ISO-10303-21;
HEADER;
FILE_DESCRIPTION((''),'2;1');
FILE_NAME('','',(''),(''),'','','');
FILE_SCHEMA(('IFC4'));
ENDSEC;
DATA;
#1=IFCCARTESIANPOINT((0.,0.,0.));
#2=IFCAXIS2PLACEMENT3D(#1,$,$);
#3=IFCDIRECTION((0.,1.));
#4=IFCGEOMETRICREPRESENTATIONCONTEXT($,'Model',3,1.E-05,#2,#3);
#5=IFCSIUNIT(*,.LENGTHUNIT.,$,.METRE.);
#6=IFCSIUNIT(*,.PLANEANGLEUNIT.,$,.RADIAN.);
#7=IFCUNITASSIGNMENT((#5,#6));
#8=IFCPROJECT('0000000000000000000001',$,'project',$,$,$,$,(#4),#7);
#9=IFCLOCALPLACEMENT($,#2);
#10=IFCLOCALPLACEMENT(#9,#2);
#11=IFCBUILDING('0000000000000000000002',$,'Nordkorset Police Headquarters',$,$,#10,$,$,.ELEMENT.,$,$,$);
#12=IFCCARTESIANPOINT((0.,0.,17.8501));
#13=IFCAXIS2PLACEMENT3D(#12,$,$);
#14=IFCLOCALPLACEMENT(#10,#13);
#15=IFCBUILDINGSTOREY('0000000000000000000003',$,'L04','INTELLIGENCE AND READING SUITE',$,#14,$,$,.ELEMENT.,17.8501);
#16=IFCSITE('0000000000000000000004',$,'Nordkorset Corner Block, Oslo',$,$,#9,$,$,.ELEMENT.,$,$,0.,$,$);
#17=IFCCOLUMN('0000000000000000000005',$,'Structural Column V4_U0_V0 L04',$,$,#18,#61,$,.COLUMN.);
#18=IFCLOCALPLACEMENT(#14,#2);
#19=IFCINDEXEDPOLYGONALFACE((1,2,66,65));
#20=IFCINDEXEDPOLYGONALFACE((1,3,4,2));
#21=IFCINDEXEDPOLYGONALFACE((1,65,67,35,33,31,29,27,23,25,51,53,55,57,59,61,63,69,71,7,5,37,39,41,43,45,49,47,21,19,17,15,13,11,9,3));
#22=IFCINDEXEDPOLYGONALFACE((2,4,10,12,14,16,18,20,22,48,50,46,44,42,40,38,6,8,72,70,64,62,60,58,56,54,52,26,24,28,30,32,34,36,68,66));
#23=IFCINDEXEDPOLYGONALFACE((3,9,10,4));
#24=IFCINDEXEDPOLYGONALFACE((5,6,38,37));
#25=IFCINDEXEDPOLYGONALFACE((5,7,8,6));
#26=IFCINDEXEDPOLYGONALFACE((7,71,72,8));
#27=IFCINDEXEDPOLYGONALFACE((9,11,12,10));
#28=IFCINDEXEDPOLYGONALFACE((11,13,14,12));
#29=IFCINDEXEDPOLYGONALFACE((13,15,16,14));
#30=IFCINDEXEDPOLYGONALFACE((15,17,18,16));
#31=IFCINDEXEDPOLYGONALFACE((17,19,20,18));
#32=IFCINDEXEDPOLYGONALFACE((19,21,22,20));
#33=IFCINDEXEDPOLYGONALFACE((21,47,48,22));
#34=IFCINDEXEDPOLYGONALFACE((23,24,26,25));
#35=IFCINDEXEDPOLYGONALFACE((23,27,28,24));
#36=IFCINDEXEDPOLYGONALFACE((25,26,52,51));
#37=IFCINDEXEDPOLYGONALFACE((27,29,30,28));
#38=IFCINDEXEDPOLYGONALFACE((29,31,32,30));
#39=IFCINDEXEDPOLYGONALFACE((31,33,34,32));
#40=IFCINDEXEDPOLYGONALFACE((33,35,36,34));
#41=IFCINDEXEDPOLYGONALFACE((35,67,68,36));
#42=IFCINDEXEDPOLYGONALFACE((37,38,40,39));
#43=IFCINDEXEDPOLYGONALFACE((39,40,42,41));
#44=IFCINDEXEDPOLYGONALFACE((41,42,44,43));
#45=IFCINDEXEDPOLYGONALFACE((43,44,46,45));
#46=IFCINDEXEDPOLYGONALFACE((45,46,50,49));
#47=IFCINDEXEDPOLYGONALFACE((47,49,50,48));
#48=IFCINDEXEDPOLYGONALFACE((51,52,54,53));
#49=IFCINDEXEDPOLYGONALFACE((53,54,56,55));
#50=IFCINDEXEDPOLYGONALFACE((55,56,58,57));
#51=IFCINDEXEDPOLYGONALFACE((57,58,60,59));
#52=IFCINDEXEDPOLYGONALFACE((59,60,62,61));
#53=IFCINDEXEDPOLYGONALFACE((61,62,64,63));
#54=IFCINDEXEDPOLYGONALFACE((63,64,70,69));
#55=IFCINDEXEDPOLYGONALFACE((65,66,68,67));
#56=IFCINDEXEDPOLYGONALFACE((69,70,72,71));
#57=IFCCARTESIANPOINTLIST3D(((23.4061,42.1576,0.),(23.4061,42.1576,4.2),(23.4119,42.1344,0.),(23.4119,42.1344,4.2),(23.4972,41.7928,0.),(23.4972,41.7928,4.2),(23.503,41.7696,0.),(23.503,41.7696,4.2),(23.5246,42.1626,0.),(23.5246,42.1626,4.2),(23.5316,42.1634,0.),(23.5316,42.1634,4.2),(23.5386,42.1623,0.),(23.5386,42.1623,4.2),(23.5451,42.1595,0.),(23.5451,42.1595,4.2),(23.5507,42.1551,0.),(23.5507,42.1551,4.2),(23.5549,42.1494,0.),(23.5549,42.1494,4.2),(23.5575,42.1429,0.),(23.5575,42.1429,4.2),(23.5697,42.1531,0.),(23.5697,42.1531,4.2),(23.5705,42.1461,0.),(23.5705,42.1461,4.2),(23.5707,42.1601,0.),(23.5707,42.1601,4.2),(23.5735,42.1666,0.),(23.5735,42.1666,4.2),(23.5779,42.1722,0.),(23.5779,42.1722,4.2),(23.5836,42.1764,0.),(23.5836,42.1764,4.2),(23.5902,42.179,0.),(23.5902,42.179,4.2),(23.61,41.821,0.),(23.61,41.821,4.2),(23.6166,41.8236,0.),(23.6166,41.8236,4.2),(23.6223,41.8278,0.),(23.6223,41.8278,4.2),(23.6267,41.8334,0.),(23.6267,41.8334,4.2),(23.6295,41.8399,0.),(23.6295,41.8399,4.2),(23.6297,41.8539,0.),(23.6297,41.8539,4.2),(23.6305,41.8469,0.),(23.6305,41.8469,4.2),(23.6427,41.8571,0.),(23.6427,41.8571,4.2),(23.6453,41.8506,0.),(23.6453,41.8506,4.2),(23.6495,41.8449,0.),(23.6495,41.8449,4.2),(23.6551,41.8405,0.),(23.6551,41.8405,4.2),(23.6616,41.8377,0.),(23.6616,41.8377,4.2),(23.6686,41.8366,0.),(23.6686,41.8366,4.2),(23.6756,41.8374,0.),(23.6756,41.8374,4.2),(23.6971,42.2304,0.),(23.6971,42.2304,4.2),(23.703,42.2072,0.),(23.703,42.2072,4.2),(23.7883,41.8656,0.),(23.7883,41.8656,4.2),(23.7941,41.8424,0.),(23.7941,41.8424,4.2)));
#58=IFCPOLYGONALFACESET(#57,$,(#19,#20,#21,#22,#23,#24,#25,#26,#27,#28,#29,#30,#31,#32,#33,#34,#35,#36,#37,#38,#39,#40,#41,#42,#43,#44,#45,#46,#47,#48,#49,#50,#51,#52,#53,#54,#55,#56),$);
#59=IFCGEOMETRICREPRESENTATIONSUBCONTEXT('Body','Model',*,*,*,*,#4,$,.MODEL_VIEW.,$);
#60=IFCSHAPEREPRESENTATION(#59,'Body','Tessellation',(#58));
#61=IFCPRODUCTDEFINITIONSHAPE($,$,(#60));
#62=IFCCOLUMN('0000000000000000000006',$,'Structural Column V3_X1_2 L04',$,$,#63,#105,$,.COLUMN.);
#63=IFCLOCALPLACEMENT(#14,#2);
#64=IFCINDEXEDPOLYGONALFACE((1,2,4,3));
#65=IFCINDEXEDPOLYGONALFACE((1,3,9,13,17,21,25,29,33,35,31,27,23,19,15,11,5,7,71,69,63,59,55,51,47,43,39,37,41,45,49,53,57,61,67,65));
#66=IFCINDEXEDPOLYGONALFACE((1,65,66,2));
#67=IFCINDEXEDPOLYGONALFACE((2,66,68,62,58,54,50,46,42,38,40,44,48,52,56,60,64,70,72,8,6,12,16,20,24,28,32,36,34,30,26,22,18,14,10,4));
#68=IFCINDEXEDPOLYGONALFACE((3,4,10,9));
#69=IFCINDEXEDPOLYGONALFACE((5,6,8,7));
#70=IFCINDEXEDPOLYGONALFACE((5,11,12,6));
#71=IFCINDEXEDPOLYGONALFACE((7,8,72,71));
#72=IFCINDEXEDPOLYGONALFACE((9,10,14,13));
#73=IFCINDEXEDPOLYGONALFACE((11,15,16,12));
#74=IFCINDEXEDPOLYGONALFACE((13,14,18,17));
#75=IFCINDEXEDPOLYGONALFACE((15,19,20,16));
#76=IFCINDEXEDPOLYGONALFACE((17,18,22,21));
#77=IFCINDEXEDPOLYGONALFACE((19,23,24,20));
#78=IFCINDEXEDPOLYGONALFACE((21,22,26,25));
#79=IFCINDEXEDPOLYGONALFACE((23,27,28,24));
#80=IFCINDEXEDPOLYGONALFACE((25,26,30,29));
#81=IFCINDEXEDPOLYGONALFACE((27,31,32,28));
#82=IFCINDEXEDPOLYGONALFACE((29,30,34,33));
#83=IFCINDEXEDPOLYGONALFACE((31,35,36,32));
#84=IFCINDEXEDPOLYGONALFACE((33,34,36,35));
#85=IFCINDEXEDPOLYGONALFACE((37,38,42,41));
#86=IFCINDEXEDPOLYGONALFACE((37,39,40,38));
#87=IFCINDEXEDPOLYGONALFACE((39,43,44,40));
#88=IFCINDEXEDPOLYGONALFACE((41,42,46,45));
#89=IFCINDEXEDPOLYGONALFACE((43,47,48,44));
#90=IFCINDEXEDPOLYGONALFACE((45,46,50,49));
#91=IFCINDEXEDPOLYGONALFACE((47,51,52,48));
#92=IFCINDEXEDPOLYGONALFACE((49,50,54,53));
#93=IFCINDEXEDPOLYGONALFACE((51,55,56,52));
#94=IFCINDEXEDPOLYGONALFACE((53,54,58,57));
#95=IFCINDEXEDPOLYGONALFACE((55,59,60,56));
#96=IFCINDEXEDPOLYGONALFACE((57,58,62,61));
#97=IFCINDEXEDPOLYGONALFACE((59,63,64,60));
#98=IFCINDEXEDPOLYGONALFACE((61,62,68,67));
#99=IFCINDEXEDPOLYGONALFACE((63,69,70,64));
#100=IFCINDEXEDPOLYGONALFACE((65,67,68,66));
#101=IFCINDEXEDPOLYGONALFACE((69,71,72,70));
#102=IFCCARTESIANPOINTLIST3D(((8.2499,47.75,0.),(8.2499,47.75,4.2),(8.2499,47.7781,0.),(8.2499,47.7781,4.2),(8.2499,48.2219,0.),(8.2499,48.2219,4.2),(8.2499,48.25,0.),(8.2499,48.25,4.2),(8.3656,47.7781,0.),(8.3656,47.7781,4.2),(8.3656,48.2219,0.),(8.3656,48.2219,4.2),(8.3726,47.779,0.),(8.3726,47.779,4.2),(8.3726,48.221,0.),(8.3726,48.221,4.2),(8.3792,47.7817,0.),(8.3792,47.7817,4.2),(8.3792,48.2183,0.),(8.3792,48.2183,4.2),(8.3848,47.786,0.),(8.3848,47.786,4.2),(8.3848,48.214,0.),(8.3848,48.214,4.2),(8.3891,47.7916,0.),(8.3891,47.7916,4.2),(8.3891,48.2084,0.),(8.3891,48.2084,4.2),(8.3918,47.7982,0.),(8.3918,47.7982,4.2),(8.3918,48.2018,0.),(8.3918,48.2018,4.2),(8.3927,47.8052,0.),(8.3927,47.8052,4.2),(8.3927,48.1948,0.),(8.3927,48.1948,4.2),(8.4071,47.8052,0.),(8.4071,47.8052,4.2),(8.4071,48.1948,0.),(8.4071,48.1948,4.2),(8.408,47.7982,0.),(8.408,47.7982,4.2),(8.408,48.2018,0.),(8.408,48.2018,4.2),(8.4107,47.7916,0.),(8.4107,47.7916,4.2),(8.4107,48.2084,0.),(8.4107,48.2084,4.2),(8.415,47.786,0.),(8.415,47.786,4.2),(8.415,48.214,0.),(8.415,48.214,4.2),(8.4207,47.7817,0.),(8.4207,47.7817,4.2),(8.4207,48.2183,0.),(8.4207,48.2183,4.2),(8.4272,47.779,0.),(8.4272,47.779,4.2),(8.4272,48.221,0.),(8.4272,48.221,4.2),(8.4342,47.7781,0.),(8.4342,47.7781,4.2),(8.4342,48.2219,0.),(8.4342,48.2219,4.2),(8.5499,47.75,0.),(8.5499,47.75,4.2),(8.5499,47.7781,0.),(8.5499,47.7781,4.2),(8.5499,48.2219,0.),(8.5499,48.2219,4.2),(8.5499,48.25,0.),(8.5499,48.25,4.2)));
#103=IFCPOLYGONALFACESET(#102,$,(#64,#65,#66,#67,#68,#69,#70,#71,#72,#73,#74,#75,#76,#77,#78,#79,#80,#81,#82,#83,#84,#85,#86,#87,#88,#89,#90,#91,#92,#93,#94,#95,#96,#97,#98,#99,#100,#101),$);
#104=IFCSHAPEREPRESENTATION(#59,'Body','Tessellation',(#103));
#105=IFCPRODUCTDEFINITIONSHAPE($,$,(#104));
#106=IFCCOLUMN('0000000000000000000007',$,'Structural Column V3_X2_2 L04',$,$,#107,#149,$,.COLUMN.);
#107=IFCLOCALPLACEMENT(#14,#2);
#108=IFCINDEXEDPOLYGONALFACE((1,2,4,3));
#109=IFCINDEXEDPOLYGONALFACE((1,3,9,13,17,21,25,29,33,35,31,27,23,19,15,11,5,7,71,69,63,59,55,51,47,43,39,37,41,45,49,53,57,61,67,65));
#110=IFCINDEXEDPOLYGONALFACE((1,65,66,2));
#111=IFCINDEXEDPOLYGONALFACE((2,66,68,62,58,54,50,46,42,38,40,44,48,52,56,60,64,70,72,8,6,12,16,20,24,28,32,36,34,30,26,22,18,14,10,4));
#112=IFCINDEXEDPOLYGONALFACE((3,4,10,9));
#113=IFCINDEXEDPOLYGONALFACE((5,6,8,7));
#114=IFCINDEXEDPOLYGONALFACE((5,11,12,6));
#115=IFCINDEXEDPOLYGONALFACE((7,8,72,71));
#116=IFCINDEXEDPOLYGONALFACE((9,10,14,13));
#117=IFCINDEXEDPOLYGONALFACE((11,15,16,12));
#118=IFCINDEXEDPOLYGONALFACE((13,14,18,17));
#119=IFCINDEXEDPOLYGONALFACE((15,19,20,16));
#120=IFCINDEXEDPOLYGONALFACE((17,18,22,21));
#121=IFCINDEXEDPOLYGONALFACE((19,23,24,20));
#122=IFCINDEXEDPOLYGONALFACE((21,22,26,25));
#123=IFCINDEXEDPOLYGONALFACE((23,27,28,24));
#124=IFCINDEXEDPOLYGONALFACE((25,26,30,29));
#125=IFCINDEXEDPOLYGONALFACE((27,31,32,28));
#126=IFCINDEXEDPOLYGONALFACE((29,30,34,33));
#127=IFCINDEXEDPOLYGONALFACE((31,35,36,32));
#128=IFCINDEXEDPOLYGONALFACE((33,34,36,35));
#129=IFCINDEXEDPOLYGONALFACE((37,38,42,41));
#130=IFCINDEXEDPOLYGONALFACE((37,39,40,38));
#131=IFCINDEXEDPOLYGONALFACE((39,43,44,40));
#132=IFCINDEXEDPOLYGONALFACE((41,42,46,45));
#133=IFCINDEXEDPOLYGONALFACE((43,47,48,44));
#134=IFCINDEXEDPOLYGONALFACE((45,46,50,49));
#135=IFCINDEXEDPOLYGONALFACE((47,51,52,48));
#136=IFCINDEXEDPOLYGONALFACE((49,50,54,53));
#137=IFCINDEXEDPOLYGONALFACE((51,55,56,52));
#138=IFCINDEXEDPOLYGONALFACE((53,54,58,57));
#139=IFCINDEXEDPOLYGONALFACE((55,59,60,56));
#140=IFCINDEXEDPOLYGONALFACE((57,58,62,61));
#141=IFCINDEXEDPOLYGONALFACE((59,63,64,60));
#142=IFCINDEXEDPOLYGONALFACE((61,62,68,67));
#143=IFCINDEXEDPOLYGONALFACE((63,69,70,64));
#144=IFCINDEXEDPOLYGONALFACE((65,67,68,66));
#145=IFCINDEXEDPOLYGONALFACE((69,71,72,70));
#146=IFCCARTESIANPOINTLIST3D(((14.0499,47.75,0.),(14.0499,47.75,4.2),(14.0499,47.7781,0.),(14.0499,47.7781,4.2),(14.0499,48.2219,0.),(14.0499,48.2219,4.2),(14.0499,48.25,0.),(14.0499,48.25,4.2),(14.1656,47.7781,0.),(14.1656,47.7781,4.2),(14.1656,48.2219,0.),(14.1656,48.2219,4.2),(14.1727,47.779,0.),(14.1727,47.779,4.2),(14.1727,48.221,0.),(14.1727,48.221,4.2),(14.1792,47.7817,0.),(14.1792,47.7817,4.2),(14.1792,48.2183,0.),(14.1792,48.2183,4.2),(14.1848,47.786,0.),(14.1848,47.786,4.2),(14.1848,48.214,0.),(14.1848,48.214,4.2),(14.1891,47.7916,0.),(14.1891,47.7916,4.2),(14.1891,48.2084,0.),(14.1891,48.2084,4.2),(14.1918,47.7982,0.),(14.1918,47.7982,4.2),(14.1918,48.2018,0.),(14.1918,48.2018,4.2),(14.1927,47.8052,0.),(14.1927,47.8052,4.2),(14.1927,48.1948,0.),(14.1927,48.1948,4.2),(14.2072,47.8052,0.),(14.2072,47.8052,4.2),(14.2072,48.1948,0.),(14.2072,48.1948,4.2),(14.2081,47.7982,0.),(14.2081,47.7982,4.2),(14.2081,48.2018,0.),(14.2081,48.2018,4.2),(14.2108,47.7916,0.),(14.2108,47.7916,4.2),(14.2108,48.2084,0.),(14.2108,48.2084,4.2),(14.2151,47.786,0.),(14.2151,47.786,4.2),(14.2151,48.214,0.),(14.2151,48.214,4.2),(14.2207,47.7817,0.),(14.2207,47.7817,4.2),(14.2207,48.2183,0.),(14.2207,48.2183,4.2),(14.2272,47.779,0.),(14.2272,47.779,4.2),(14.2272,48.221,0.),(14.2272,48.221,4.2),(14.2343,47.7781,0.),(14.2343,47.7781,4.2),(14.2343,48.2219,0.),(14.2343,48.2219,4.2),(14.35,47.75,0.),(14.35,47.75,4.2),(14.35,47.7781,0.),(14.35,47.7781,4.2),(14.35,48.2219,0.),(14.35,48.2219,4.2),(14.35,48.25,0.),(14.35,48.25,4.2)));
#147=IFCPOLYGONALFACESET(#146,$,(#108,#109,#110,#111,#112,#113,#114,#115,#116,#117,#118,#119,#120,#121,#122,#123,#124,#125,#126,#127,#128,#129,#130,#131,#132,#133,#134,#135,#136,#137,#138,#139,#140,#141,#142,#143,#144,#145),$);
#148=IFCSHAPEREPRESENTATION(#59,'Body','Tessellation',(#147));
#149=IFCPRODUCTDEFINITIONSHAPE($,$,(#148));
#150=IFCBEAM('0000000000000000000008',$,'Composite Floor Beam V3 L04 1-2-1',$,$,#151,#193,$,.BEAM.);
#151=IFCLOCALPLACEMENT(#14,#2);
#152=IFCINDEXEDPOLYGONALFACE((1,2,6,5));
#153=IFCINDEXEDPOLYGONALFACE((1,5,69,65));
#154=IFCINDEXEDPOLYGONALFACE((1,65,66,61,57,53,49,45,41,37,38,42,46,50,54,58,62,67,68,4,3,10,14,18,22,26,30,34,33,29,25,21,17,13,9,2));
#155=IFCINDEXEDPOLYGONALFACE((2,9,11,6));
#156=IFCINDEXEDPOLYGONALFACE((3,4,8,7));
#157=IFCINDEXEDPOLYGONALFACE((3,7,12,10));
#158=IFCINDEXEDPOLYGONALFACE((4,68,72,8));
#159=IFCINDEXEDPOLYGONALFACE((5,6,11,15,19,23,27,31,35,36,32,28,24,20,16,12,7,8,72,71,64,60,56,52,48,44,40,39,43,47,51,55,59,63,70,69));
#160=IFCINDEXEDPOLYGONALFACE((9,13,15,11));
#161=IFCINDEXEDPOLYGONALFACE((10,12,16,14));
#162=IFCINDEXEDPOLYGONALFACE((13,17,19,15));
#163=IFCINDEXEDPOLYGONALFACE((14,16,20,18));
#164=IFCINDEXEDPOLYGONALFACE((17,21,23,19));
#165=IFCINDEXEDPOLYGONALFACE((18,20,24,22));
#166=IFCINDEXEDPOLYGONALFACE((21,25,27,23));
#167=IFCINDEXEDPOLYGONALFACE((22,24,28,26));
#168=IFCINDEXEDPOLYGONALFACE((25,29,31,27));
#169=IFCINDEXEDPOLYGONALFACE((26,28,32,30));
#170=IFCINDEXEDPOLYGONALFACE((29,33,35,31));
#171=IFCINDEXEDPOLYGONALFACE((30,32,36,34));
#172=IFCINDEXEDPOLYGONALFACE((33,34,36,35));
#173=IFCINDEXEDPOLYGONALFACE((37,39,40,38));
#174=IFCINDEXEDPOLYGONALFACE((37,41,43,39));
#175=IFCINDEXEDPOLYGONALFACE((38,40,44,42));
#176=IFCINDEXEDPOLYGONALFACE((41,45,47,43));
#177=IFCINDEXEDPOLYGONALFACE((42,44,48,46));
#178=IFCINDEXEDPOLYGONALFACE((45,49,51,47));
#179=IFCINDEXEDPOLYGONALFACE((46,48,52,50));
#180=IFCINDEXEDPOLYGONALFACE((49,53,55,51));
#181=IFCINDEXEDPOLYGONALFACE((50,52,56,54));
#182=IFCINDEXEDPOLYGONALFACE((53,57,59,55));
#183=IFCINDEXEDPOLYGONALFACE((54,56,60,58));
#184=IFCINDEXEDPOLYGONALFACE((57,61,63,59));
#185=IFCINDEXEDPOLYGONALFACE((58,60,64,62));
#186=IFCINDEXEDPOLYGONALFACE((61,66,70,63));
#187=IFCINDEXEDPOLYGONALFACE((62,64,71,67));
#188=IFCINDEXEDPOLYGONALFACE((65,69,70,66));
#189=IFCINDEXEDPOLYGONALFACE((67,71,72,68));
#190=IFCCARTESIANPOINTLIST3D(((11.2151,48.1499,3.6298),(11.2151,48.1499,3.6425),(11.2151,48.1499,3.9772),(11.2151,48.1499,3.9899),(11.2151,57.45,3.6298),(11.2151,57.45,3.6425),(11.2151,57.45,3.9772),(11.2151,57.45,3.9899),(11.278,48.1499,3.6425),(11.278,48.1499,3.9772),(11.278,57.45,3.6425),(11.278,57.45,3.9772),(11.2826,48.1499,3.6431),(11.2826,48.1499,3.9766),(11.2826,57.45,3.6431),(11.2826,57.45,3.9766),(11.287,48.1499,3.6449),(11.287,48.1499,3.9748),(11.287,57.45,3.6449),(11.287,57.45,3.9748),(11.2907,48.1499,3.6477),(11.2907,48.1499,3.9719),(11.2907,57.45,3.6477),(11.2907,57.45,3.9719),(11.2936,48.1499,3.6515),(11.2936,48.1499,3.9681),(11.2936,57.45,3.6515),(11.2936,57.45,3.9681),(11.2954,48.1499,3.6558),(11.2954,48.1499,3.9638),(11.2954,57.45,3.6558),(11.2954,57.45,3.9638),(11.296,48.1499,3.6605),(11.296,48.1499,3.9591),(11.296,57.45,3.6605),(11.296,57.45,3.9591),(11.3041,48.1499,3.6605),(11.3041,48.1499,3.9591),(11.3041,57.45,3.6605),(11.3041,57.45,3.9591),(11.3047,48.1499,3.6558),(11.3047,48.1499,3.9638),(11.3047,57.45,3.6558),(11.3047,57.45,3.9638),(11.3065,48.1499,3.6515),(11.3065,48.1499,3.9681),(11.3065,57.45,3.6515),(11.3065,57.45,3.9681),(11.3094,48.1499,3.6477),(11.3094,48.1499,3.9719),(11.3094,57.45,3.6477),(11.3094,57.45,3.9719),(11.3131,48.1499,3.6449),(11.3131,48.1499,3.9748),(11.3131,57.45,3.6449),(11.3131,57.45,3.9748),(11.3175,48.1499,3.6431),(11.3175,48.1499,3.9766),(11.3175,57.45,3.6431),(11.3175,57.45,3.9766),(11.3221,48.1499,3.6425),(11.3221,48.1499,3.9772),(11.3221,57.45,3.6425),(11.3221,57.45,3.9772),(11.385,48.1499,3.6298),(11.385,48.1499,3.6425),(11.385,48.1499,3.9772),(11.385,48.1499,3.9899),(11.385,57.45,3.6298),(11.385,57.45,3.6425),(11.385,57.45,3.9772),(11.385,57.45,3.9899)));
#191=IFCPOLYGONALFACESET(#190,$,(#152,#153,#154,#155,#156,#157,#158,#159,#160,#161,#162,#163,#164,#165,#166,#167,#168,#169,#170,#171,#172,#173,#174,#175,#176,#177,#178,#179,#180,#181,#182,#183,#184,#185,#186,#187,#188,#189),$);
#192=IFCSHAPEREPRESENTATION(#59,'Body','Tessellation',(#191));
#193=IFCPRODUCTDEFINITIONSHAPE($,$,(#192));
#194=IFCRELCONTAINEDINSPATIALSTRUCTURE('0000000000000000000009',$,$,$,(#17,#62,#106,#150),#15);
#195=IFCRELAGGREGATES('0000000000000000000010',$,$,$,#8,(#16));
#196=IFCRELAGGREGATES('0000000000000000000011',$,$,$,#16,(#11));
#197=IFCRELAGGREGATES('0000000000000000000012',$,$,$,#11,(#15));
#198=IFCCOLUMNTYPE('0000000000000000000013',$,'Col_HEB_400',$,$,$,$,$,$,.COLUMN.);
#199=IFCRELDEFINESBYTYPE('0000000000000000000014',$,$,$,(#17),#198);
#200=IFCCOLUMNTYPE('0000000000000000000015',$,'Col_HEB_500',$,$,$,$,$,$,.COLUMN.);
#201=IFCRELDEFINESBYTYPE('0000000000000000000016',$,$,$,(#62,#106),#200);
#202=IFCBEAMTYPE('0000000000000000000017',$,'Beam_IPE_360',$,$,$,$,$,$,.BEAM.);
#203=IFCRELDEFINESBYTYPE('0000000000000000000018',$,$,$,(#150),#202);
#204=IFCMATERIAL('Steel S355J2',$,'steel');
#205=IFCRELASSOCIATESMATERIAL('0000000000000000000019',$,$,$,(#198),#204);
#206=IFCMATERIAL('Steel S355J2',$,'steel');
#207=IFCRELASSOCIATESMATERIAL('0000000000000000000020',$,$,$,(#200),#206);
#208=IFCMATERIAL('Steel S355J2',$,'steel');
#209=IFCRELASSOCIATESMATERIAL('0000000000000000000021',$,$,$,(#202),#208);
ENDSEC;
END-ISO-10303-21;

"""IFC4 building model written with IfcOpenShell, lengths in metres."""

from ifc_helpers import new_model, si_unit, direction, frame, origin, origin_2d, place, context, subcontext, project, spatial, i_section, extrude, material, material_profile, profile_set, type_object, element, save


model = new_model("IFC4")

# Units and contexts
model_context = context("Model", 3, precision=1e-05, world=origin(), true_north=direction((0.0, 1.0)))
body_context = subcontext(model_context, "Body", "Model", "MODEL_VIEW")
ifc_project = project(units=[si_unit("LENGTHUNIT", "METRE"), si_unit("PLANEANGLEUNIT", "RADIAN")], contexts=[model_context])

# Site, building, storey
site_placement = place(None, origin())
site = spatial("IfcSite", under=ifc_project, at=site_placement, Name="Nordkorset Corner Block, Oslo", CompositionType="ELEMENT", RefElevation=0.0)
building_placement = place(site_placement, origin())
building = spatial("IfcBuilding", under=site, at=building_placement, Name="Nordkorset Police Headquarters", CompositionType="ELEMENT")
storey_placement = place(building_placement, frame((0.0, 0.0, 17.8501)))
storey = spatial("IfcBuildingStorey", under=building, at=storey_placement, Name="L04", Description="INTELLIGENCE AND READING SUITE", CompositionType="ELEMENT", Elevation=17.8501)

# Columns
ifc_material_1 = material(Name="Steel S355J2", Category="steel")
ifc_material_profile_1 = material_profile(ifc_material_1, i_section(OverallWidth=0.3, OverallDepth=0.3999, WebThickness=0.0134, FlangeThickness=0.0239, FilletRadius=0.0271, at=origin_2d()), Name="HEB 400")
ifc_profile_set_1 = profile_set([ifc_material_profile_1], Name="Steel S355J2")
column_type_1 = type_object("IfcColumnType", Name="Col_HEB_400", PredefinedType="COLUMN", material=ifc_profile_set_1)
column_placement = place(storey_placement, frame((23.6001, 42.0, 0.0), z_axis=(0.0, 0.0, 1.0), x_axis=(0.970143, 0.242536, 0.0)))
element("IfcColumn", 1, at=column_placement, inside=storey, type_object=column_type_1, Name="Structural Column V4_U0_V0 L04", PredefinedType="COLUMN", context=body_context, shape_type="SweptSolid", body=[
    extrude(i_section(OverallWidth=0.3, OverallDepth=0.3999, WebThickness=0.0134, FlangeThickness=0.0239, FilletRadius=0.0271, at=origin_2d()), origin(), (0.0, 0.0, 1.0), 4.2),
])
ifc_material_2 = material(Name="Steel S355J2", Category="steel")
ifc_material_profile_2 = material_profile(ifc_material_2, i_section(OverallWidth=0.3, OverallDepth=0.5, WebThickness=0.0144, FlangeThickness=0.0281, FilletRadius=0.0271, at=origin_2d()), Name="HEB 500")
ifc_profile_set_2 = profile_set([ifc_material_profile_2], Name="Steel S355J2")
column_type_2 = type_object("IfcColumnType", Name="Col_HEB_500", PredefinedType="COLUMN", material=ifc_profile_set_2)
for number, where, z_axis, x_axis, name in (
    (2, (8.3999, 48.0, 0.0), (0.0, 0.0, 1.0), (1.0, 0.0, 0.0), "Structural Column V3_X1_2 L04"),
    (3, (14.2, 48.0, 0.0), (0.0, 0.0, 1.0), (1.0, 0.0, 0.0), "Structural Column V3_X2_2 L04"),
):
    element("IfcColumn", number, at=place(storey_placement, frame(where, z_axis=z_axis, x_axis=x_axis)), inside=storey, type_object=column_type_2, Name=name, PredefinedType="COLUMN", context=body_context, shape_type="SweptSolid", body=[
        extrude(i_section(OverallWidth=0.3, OverallDepth=0.5, WebThickness=0.0144, FlangeThickness=0.0281, FilletRadius=0.0271, at=origin_2d()), origin(), (0.0, 0.0, 1.0), 4.2),
    ])

# Beam
ifc_material_3 = material(Name="Steel S355J2", Category="steel")
ifc_material_profile_3 = material_profile(ifc_material_3, i_section(OverallWidth=0.1699, OverallDepth=0.3601, WebThickness=0.0081, FlangeThickness=0.0127, FilletRadius=0.0181, at=origin_2d()), Name="IPE 360")
ifc_profile_set_3 = profile_set([ifc_material_profile_3], Name="Steel S355J2")
beam_type_1 = type_object("IfcBeamType", Name="Beam_IPE_360", PredefinedType="BEAM", material=ifc_profile_set_3)
beam_1_placement = place(storey_placement, frame((11.3, 48.1499, 3.8098), z_axis=(0.0, 1.0, 0.0), x_axis=(-1.0, 0.0, 0.0)))
element("IfcBeam", 4, at=beam_1_placement, inside=storey, type_object=beam_type_1, Name="Composite Floor Beam V3 L04 1-2-1", PredefinedType="BEAM", context=body_context, shape_type="SweptSolid", body=[
    extrude(i_section(OverallWidth=0.1699, OverallDepth=0.3601, WebThickness=0.0081, FlangeThickness=0.0127, FilletRadius=0.0181, at=origin_2d()), origin(), (0.0, 0.0, 1.0), 9.3),
])

save(model, "model.ifc")
